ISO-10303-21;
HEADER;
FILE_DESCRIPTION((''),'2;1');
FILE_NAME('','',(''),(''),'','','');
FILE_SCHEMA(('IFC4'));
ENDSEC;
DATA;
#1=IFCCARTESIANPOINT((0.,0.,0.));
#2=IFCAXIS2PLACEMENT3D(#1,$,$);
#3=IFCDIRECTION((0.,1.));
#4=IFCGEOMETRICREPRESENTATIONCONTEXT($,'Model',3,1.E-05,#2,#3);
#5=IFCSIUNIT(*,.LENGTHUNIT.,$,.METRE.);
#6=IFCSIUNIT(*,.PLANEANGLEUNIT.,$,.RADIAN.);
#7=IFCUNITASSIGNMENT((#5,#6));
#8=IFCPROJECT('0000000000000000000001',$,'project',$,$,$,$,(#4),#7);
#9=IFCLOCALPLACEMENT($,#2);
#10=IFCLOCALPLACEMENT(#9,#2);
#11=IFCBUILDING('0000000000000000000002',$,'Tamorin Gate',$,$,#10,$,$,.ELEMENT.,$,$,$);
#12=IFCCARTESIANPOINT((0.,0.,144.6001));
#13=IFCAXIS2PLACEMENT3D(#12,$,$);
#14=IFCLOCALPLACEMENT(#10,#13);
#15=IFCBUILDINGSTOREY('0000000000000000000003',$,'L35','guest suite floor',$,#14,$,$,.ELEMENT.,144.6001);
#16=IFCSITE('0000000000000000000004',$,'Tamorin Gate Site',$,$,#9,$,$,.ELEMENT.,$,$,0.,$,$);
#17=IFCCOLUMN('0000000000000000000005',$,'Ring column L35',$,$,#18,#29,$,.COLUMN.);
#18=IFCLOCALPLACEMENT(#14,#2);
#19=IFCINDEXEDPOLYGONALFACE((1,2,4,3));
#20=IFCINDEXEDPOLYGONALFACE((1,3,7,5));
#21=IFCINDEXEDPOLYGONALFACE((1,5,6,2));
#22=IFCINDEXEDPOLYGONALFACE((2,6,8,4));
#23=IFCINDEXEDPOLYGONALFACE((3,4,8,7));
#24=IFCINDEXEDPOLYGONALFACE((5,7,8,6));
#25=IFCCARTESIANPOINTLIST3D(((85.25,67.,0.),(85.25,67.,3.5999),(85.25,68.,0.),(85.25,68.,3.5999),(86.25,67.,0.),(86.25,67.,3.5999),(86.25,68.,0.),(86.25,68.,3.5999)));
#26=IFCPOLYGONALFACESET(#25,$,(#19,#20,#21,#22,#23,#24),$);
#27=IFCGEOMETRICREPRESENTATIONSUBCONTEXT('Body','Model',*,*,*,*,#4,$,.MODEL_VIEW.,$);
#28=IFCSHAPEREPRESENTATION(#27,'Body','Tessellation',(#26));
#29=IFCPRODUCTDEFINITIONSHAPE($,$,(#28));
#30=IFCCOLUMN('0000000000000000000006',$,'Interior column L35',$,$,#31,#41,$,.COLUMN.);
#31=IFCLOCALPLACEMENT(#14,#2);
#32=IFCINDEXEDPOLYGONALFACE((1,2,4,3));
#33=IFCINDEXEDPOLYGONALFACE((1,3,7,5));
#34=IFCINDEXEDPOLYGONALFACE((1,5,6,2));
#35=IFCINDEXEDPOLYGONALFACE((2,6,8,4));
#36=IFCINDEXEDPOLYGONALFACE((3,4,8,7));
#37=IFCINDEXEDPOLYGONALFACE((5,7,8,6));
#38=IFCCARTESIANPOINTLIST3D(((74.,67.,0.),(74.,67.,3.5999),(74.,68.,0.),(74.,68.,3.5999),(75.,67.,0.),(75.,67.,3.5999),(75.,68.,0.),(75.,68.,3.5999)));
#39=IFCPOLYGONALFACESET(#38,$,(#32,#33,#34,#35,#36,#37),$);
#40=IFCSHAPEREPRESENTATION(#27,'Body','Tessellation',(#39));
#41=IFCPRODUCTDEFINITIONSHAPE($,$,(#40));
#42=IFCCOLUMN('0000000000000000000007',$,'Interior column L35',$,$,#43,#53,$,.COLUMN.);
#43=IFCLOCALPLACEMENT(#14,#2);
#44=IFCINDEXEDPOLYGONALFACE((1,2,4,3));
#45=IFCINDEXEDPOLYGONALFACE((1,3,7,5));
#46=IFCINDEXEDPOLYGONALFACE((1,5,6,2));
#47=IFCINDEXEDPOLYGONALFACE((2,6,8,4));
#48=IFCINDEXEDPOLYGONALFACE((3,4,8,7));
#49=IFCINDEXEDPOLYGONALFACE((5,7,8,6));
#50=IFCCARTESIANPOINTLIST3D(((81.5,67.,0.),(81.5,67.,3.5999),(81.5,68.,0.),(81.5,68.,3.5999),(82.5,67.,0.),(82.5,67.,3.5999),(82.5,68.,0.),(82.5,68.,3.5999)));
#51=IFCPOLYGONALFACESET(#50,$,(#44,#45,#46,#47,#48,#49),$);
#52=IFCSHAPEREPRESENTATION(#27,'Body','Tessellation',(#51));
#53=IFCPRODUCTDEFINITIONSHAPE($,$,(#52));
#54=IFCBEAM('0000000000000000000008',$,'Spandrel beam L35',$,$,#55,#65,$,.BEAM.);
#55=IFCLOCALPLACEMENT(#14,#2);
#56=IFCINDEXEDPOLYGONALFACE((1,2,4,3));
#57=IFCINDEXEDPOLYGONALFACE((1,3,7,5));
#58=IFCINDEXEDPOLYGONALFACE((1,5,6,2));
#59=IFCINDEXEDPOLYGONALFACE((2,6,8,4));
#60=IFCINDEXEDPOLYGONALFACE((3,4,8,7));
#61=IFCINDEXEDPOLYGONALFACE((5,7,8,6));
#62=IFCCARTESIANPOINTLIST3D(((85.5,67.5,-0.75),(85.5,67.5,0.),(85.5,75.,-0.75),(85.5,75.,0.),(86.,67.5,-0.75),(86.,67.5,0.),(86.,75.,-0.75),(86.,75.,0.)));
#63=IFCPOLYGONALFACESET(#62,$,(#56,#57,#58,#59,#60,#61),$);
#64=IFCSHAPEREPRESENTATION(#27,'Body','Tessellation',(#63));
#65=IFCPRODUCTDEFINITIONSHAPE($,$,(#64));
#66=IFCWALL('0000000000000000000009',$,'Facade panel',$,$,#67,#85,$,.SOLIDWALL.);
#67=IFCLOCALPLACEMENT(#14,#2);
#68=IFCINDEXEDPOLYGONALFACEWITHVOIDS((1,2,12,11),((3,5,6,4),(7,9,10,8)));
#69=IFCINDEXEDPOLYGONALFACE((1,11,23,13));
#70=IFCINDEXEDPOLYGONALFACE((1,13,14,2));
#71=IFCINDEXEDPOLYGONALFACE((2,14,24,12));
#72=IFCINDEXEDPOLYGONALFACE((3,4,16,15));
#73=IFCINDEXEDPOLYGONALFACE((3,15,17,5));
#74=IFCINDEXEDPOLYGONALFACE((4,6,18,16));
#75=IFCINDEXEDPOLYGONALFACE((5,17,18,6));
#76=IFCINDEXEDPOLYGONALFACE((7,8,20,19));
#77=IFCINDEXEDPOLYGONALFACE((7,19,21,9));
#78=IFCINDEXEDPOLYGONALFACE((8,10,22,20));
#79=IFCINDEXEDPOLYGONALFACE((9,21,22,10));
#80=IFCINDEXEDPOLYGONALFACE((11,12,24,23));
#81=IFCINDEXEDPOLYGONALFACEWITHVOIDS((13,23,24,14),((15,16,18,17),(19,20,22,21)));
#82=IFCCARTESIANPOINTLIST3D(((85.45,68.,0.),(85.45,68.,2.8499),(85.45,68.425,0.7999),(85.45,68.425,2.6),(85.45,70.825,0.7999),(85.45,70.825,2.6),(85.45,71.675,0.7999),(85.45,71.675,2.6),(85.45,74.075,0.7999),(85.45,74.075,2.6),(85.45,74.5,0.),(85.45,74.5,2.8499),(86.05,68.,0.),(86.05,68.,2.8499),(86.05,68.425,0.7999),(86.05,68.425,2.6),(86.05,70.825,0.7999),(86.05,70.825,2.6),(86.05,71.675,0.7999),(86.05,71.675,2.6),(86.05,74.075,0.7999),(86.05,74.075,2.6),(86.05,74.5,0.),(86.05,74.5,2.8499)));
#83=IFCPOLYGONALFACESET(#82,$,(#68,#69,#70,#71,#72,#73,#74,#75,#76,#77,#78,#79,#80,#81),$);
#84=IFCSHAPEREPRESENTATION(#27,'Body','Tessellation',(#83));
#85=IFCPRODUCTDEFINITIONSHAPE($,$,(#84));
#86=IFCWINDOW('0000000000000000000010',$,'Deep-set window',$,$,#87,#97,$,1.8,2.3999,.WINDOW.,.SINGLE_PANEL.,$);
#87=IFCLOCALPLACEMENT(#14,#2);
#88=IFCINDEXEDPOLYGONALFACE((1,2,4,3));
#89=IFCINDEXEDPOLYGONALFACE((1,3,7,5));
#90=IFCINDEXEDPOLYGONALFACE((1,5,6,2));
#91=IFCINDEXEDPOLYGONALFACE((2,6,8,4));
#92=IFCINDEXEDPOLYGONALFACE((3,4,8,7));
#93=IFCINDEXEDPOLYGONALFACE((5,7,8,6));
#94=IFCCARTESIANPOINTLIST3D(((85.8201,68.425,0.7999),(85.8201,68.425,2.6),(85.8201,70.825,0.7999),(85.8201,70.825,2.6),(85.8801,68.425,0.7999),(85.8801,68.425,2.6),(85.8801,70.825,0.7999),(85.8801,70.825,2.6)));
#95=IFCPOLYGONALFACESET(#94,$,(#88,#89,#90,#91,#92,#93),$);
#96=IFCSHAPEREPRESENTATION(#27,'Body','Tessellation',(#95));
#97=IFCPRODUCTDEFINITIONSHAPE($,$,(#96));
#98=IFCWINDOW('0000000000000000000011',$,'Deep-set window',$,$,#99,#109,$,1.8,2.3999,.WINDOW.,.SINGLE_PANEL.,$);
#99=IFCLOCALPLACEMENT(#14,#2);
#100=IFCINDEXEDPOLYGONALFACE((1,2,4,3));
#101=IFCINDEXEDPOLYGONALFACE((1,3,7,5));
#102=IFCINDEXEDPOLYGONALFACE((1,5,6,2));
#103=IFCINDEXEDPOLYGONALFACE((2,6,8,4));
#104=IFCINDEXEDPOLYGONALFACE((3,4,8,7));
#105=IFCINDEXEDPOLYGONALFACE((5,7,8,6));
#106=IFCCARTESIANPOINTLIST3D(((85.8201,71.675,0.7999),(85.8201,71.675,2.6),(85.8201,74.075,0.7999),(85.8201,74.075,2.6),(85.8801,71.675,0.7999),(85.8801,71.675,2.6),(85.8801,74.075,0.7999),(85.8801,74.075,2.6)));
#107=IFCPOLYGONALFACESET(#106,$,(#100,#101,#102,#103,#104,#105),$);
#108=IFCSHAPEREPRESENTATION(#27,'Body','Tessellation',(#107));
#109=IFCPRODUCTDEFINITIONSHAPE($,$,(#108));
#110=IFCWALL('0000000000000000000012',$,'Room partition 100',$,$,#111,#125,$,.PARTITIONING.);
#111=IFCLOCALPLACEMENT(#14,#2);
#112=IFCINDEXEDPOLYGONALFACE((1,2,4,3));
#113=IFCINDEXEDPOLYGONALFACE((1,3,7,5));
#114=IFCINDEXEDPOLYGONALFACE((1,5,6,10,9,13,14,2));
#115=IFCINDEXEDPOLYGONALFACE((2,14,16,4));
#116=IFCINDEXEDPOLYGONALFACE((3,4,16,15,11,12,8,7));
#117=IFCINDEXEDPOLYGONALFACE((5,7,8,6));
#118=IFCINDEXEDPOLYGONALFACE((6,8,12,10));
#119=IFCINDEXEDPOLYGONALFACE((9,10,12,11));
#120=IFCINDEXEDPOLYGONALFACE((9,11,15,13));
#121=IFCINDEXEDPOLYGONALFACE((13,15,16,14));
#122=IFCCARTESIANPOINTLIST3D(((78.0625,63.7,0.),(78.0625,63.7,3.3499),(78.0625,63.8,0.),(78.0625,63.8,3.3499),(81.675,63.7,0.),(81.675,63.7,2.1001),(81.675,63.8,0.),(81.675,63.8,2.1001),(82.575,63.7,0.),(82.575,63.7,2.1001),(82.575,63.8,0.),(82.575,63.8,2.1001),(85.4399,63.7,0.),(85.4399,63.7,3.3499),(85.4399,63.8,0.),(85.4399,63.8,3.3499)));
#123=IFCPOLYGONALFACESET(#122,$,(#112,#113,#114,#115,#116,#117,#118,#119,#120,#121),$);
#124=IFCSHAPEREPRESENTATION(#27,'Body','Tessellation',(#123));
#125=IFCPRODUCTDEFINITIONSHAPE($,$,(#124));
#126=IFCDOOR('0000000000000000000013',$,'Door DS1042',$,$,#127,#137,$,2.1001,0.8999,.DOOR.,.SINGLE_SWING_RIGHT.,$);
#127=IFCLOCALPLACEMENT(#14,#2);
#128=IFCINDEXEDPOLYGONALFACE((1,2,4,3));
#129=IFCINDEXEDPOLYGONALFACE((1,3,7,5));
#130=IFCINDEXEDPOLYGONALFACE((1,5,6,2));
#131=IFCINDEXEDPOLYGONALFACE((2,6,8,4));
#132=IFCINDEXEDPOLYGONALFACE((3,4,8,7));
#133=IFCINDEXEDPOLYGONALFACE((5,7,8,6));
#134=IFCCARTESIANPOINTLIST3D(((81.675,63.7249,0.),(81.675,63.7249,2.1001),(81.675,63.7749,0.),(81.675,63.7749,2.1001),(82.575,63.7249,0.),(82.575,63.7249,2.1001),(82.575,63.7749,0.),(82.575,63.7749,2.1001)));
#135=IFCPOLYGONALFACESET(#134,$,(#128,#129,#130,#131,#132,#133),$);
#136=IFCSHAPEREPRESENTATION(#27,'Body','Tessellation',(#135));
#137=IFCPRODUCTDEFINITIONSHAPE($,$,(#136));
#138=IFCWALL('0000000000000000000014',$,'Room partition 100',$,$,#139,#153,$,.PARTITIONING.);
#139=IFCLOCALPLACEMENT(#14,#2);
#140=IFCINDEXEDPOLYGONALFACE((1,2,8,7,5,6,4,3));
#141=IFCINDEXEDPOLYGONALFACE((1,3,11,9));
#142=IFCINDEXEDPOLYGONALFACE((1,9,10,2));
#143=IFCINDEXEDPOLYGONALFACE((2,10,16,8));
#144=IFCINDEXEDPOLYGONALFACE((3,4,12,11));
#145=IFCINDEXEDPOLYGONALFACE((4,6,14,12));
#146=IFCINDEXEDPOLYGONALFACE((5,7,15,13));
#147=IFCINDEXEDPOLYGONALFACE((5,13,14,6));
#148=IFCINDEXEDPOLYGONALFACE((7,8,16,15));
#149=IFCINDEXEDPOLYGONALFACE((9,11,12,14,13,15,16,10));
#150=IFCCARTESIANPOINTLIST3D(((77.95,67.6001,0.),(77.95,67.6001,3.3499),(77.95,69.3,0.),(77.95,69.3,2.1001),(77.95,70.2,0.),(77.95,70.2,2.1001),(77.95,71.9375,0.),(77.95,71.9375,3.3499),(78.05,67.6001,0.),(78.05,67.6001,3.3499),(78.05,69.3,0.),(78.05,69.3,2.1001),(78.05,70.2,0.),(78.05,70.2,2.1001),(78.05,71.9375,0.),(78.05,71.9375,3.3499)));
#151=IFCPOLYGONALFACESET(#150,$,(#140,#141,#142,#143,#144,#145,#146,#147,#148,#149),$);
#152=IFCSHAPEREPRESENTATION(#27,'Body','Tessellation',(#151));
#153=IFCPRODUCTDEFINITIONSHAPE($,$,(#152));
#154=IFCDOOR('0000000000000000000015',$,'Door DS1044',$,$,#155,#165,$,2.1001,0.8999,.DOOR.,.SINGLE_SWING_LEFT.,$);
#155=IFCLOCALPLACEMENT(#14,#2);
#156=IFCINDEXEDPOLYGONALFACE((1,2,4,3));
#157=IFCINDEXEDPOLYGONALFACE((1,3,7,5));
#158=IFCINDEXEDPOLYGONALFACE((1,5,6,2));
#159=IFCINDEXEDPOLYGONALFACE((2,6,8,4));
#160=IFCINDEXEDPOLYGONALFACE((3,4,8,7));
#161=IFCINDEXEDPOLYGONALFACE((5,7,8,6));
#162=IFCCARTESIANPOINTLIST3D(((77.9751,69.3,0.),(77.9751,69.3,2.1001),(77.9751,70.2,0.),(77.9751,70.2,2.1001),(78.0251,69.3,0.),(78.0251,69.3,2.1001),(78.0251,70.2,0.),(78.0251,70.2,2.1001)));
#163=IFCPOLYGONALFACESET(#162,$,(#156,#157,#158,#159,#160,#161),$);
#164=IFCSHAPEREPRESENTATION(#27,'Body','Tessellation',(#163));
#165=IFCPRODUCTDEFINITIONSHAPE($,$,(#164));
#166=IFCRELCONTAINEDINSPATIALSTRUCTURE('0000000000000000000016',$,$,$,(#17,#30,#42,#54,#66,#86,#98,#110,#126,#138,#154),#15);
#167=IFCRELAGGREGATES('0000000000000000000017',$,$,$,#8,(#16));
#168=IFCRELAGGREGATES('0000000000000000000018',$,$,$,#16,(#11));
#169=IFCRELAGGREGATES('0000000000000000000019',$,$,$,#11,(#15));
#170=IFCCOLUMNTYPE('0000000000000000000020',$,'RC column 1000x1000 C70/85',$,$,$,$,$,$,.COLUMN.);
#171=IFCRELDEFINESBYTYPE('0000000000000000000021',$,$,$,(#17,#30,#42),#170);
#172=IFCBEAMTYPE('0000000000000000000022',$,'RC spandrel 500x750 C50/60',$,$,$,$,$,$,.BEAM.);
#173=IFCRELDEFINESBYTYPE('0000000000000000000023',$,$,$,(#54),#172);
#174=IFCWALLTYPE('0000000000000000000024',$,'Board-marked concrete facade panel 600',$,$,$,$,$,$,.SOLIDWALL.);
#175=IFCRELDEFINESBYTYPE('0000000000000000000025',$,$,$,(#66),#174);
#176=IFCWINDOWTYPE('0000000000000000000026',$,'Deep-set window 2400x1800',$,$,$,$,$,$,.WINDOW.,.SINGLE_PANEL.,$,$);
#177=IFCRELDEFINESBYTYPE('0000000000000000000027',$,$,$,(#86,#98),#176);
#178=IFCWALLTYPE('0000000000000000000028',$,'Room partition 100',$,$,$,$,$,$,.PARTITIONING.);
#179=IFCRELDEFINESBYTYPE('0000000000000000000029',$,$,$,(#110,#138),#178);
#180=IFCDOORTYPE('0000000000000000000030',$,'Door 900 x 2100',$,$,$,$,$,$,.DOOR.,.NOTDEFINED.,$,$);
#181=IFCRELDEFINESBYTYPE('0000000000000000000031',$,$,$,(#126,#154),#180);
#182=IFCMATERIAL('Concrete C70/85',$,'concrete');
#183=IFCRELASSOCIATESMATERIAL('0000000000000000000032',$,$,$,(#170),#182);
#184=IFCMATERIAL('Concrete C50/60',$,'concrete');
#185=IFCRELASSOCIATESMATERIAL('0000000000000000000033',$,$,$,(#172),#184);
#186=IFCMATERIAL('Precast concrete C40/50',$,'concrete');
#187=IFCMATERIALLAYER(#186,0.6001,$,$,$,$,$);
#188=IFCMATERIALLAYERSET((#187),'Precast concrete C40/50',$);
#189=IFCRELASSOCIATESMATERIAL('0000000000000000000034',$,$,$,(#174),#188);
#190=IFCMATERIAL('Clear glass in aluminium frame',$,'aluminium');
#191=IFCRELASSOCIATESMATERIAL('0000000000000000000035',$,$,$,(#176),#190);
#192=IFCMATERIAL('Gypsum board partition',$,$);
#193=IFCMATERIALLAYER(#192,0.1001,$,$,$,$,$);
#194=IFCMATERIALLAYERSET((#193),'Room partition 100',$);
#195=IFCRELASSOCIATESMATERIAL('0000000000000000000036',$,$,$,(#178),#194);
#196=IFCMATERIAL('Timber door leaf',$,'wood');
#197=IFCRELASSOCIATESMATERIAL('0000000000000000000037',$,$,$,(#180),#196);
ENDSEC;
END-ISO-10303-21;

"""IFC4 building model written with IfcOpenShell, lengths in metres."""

from ifc_helpers import new_model, si_unit, direction, frame, frame_2d, origin, origin_2d, place, context, subcontext, project, spatial, rectangle, extrude, material, layer, layer_set, material_profile, profile_set, type_object, element, fill, save


model = new_model("IFC4")

# Units and contexts
model_context = context("Model", 3, precision=1e-05, world=origin(), true_north=direction((0.0, 1.0)))
body_context = subcontext(model_context, "Body", "Model", "MODEL_VIEW")
ifc_project = project(units=[si_unit("LENGTHUNIT", "METRE"), si_unit("PLANEANGLEUNIT", "RADIAN")], contexts=[model_context])

# Site, building, storey
site_placement = place(None, origin())
site = spatial("IfcSite", under=ifc_project, at=site_placement, Name="Tamorin Gate Site", CompositionType="ELEMENT", RefElevation=0.0)
building_placement = place(site_placement, origin())
building = spatial("IfcBuilding", under=site, at=building_placement, Name="Tamorin Gate", CompositionType="ELEMENT")
storey_placement = place(building_placement, frame((0.0, 0.0, 144.6001)))
storey = spatial("IfcBuildingStorey", under=building, at=storey_placement, Name="L35", Description="guest suite floor", CompositionType="ELEMENT", Elevation=144.6001)

# Columns
ifc_material_1 = material(Name="Concrete C70/85", Category="concrete")
ifc_material_profile_1 = material_profile(ifc_material_1, rectangle(XDim=1.0, YDim=1.0, at=origin_2d()), Name="RC 1000x1000")
ifc_profile_set_1 = profile_set([ifc_material_profile_1], Name="Concrete C70/85")
column_type = type_object("IfcColumnType", Name="RC column 1000x1000 C70/85", PredefinedType="COLUMN", material=ifc_profile_set_1)
for number, where, z_axis, x_axis, name in (
    (1, (85.75, 67.5, 0.0), (0.0, 0.0, 1.0), (1.0, 0.0, 0.0), "Ring column L35"),
    (2, (74.5, 67.5, 0.0), (0.0, 0.0, 1.0), (1.0, 0.0, 0.0), "Interior column L35"),
    (3, (82.0, 67.5, 0.0), (0.0, 0.0, 1.0), (1.0, 0.0, 0.0), "Interior column L35"),
):
    element("IfcColumn", number, at=place(storey_placement, frame(where, z_axis=z_axis, x_axis=x_axis)), inside=storey, type_object=column_type, Name=name, PredefinedType="COLUMN", context=body_context, shape_type="SweptSolid", body=[
        extrude(rectangle(XDim=1.0, YDim=1.0, at=origin_2d()), origin(), (0.0, 0.0, 1.0), 3.5999),
    ])

# Beam
ifc_material_2 = material(Name="Concrete C50/60", Category="concrete")
ifc_material_profile_2 = material_profile(ifc_material_2, rectangle(XDim=0.5, YDim=0.75, at=origin_2d()), Name="RC 500x750")
ifc_profile_set_2 = profile_set([ifc_material_profile_2], Name="Concrete C50/60")
beam_type = type_object("IfcBeamType", Name="RC spandrel 500x750 C50/60", PredefinedType="BEAM", material=ifc_profile_set_2)
beam_placement = place(storey_placement, frame((85.75, 67.5, -0.375), z_axis=(0.0, 1.0, 0.0), x_axis=(-1.0, 0.0, 0.0)))
element("IfcBeam", 4, at=beam_placement, inside=storey, type_object=beam_type, Name="Spandrel beam L35", PredefinedType="BEAM", context=body_context, shape_type="SweptSolid", body=[
    extrude(rectangle(XDim=0.5, YDim=0.75, at=origin_2d()), origin(), (0.0, 0.0, 1.0), 7.5),
])

# Wall, openings, windows
ifc_material_3 = material(Name="Precast concrete C40/50", Category="concrete")
ifc_layer_1 = layer(ifc_material_3, 0.6001)
ifc_layer_set_1 = layer_set([ifc_layer_1], Name="Precast concrete C40/50")
wall_type_1 = type_object("IfcWallType", Name="Board-marked concrete facade panel 600", PredefinedType="SOLIDWALL", material=ifc_layer_set_1)
wall_1_placement = place(storey_placement, frame((85.75, 68.0, 0.0), z_axis=(0.0, 0.0, 1.0), x_axis=(0.0, 1.0, 0.0)))
wall_1 = element("IfcWall", 5, at=wall_1_placement, inside=storey, type_object=wall_type_1, Name="Facade panel", PredefinedType="SOLIDWALL", context=body_context, shape_type="SweptSolid", body=[
    extrude(rectangle(XDim=6.5, YDim=0.6001, at=frame_2d((3.25, 0.0))), origin(), (0.0, 0.0, 1.0), 2.8499),
])
opening_1_placement = place(wall_1_placement, frame((0.425, 0.0, 0.8)))
opening_1 = element("IfcOpeningElement", 6, at=opening_1_placement, cuts=wall_1, PredefinedType="OPENING", context=body_context, shape_type="SweptSolid", body=[
    extrude(rectangle(XDim=2.3999, YDim=1.8, at=frame_2d((1.2, 0.8999))), frame((0.0, 0.3101, 0.0), z_axis=(0.0, -1.0, 0.0), x_axis=(1.0, 0.0, 0.0)), (0.0, 0.0, 1.0), 0.6201),
])
opening_2_placement = place(wall_1_placement, frame((3.675, 0.0, 0.8)))
opening_2 = element("IfcOpeningElement", 7, at=opening_2_placement, cuts=wall_1, PredefinedType="OPENING", context=body_context, shape_type="SweptSolid", body=[
    extrude(rectangle(XDim=2.3999, YDim=1.8, at=frame_2d((1.2, 0.8999))), frame((0.0, 0.3101, 0.0), z_axis=(0.0, -1.0, 0.0), x_axis=(1.0, 0.0, 0.0)), (0.0, 0.0, 1.0), 0.6201),
])
ifc_material_4 = material(Name="Clear glass in aluminium frame", Category="aluminium")
window_type = type_object("IfcWindowType", Name="Deep-set window 2400x1800", PartitioningType="SINGLE_PANEL", PredefinedType="WINDOW", material=ifc_material_4)
window_1_placement = place(opening_1_placement, origin())
window_1 = element("IfcWindow", 8, at=window_1_placement, inside=storey, type_object=window_type, Name="Deep-set window", OverallHeight=1.8, OverallWidth=2.3999, PartitioningType="SINGLE_PANEL", PredefinedType="WINDOW", context=body_context, shape_type="SweptSolid", body=[
    extrude(rectangle(XDim=2.3999, YDim=1.8, at=frame_2d((1.2, 0.8999))), frame((0.0, -0.0701, 0.0), z_axis=(0.0, -1.0, 0.0), x_axis=(1.0, 0.0, 0.0)), (0.0, 0.0, 1.0), 0.0601),
])
fill(opening_1, window_1)
window_2_placement = place(opening_2_placement, origin())
window_2 = element("IfcWindow", 9, at=window_2_placement, inside=storey, type_object=window_type, Name="Deep-set window", OverallHeight=1.8, OverallWidth=2.3999, PartitioningType="SINGLE_PANEL", PredefinedType="WINDOW", context=body_context, shape_type="SweptSolid", body=[
    extrude(rectangle(XDim=2.3999, YDim=1.8, at=frame_2d((1.2, 0.8999))), frame((0.0, -0.0701, 0.0), z_axis=(0.0, -1.0, 0.0), x_axis=(1.0, 0.0, 0.0)), (0.0, 0.0, 1.0), 0.0601),
])
fill(opening_2, window_2)

# Walls, openings, doors
ifc_material_5 = material(Name="Gypsum board partition")
ifc_layer_2 = layer(ifc_material_5, 0.1001)
ifc_layer_set_2 = layer_set([ifc_layer_2], Name="Room partition 100")
wall_type_2 = type_object("IfcWallType", Name="Room partition 100", PredefinedType="PARTITIONING", material=ifc_layer_set_2)
wall_2_placement = place(storey_placement, frame((78.0625, 63.75, 0.0), z_axis=(0.0, 0.0, 1.0), x_axis=(1.0, 0.0, 0.0)))
wall_2 = element("IfcWall", 10, at=wall_2_placement, inside=storey, type_object=wall_type_2, Name="Room partition 100", PredefinedType="PARTITIONING", context=body_context, shape_type="SweptSolid", body=[
    extrude(rectangle(XDim=7.3774, YDim=0.1001, at=frame_2d((3.6887, 0.0))), origin(), (0.0, 0.0, 1.0), 3.3499),
])
opening_3_placement = place(wall_2_placement, frame((3.6125, 0.0, 0.0)))
opening_3 = element("IfcOpeningElement", 11, at=opening_3_placement, cuts=wall_2, PredefinedType="OPENING", context=body_context, shape_type="SweptSolid", body=[
    extrude(rectangle(XDim=0.8999, YDim=2.1001, at=frame_2d((0.45, 1.05))), frame((0.0, 0.0601, 0.0), z_axis=(0.0, -1.0, 0.0), x_axis=(1.0, 0.0, 0.0)), (0.0, 0.0, 1.0), 0.1201),
])
ifc_material_6 = material(Name="Timber door leaf", Category="wood")
door_type = type_object("IfcDoorType", Name="Door 900 x 2100", OperationType="NOTDEFINED", PredefinedType="DOOR", material=ifc_material_6)
door_1_placement = place(opening_3_placement, origin())
door_1 = element("IfcDoor", 12, at=door_1_placement, inside=storey, type_object=door_type, Name="Door DS1042", OperationType="SINGLE_SWING_RIGHT", OverallHeight=2.1001, OverallWidth=0.8999, PredefinedType="DOOR", context=body_context, shape_type="SweptSolid", body=[
    extrude(rectangle(XDim=0.8999, YDim=2.1001, at=frame_2d((0.45, 1.05))), frame((0.0, 0.0249, 0.0), z_axis=(0.0, -1.0, 0.0), x_axis=(1.0, 0.0, 0.0)), (0.0, 0.0, 1.0), 0.05),
])
fill(opening_3, door_1)
wall_3_placement = place(storey_placement, frame((78.0, 67.6001, 0.0), z_axis=(0.0, 0.0, 1.0), x_axis=(0.0, 1.0, 0.0)))
wall_3 = element("IfcWall", 13, at=wall_3_placement, inside=storey, type_object=wall_type_2, Name="Room partition 100", PredefinedType="PARTITIONING", context=body_context, shape_type="SweptSolid", body=[
    extrude(rectangle(XDim=4.3374, YDim=0.1001, at=frame_2d((2.1687, 0.0))), origin(), (0.0, 0.0, 1.0), 3.3499),
])
opening_4_placement = place(wall_3_placement, frame((1.7, 0.0, 0.0)))
opening_4 = element("IfcOpeningElement", 14, at=opening_4_placement, cuts=wall_3, PredefinedType="OPENING", context=body_context, shape_type="SweptSolid", body=[
    extrude(rectangle(XDim=0.8999, YDim=2.1001, at=frame_2d((0.45, 1.05))), frame((0.0, 0.0601, 0.0), z_axis=(0.0, -1.0, 0.0), x_axis=(1.0, 0.0, 0.0)), (0.0, 0.0, 1.0), 0.1201),
])
door_2_placement = place(opening_4_placement, origin())
door_2 = element("IfcDoor", 15, at=door_2_placement, inside=storey, type_object=door_type, Name="Door DS1044", OperationType="SINGLE_SWING_LEFT", OverallHeight=2.1001, OverallWidth=0.8999, PredefinedType="DOOR", context=body_context, shape_type="SweptSolid", body=[
    extrude(rectangle(XDim=0.8999, YDim=2.1001, at=frame_2d((0.45, 1.05))), frame((0.0, 0.0249, 0.0), z_axis=(0.0, -1.0, 0.0), x_axis=(1.0, 0.0, 0.0)), (0.0, 0.0, 1.0), 0.05),
])
fill(opening_4, door_2)

save(model, "model.ifc")
